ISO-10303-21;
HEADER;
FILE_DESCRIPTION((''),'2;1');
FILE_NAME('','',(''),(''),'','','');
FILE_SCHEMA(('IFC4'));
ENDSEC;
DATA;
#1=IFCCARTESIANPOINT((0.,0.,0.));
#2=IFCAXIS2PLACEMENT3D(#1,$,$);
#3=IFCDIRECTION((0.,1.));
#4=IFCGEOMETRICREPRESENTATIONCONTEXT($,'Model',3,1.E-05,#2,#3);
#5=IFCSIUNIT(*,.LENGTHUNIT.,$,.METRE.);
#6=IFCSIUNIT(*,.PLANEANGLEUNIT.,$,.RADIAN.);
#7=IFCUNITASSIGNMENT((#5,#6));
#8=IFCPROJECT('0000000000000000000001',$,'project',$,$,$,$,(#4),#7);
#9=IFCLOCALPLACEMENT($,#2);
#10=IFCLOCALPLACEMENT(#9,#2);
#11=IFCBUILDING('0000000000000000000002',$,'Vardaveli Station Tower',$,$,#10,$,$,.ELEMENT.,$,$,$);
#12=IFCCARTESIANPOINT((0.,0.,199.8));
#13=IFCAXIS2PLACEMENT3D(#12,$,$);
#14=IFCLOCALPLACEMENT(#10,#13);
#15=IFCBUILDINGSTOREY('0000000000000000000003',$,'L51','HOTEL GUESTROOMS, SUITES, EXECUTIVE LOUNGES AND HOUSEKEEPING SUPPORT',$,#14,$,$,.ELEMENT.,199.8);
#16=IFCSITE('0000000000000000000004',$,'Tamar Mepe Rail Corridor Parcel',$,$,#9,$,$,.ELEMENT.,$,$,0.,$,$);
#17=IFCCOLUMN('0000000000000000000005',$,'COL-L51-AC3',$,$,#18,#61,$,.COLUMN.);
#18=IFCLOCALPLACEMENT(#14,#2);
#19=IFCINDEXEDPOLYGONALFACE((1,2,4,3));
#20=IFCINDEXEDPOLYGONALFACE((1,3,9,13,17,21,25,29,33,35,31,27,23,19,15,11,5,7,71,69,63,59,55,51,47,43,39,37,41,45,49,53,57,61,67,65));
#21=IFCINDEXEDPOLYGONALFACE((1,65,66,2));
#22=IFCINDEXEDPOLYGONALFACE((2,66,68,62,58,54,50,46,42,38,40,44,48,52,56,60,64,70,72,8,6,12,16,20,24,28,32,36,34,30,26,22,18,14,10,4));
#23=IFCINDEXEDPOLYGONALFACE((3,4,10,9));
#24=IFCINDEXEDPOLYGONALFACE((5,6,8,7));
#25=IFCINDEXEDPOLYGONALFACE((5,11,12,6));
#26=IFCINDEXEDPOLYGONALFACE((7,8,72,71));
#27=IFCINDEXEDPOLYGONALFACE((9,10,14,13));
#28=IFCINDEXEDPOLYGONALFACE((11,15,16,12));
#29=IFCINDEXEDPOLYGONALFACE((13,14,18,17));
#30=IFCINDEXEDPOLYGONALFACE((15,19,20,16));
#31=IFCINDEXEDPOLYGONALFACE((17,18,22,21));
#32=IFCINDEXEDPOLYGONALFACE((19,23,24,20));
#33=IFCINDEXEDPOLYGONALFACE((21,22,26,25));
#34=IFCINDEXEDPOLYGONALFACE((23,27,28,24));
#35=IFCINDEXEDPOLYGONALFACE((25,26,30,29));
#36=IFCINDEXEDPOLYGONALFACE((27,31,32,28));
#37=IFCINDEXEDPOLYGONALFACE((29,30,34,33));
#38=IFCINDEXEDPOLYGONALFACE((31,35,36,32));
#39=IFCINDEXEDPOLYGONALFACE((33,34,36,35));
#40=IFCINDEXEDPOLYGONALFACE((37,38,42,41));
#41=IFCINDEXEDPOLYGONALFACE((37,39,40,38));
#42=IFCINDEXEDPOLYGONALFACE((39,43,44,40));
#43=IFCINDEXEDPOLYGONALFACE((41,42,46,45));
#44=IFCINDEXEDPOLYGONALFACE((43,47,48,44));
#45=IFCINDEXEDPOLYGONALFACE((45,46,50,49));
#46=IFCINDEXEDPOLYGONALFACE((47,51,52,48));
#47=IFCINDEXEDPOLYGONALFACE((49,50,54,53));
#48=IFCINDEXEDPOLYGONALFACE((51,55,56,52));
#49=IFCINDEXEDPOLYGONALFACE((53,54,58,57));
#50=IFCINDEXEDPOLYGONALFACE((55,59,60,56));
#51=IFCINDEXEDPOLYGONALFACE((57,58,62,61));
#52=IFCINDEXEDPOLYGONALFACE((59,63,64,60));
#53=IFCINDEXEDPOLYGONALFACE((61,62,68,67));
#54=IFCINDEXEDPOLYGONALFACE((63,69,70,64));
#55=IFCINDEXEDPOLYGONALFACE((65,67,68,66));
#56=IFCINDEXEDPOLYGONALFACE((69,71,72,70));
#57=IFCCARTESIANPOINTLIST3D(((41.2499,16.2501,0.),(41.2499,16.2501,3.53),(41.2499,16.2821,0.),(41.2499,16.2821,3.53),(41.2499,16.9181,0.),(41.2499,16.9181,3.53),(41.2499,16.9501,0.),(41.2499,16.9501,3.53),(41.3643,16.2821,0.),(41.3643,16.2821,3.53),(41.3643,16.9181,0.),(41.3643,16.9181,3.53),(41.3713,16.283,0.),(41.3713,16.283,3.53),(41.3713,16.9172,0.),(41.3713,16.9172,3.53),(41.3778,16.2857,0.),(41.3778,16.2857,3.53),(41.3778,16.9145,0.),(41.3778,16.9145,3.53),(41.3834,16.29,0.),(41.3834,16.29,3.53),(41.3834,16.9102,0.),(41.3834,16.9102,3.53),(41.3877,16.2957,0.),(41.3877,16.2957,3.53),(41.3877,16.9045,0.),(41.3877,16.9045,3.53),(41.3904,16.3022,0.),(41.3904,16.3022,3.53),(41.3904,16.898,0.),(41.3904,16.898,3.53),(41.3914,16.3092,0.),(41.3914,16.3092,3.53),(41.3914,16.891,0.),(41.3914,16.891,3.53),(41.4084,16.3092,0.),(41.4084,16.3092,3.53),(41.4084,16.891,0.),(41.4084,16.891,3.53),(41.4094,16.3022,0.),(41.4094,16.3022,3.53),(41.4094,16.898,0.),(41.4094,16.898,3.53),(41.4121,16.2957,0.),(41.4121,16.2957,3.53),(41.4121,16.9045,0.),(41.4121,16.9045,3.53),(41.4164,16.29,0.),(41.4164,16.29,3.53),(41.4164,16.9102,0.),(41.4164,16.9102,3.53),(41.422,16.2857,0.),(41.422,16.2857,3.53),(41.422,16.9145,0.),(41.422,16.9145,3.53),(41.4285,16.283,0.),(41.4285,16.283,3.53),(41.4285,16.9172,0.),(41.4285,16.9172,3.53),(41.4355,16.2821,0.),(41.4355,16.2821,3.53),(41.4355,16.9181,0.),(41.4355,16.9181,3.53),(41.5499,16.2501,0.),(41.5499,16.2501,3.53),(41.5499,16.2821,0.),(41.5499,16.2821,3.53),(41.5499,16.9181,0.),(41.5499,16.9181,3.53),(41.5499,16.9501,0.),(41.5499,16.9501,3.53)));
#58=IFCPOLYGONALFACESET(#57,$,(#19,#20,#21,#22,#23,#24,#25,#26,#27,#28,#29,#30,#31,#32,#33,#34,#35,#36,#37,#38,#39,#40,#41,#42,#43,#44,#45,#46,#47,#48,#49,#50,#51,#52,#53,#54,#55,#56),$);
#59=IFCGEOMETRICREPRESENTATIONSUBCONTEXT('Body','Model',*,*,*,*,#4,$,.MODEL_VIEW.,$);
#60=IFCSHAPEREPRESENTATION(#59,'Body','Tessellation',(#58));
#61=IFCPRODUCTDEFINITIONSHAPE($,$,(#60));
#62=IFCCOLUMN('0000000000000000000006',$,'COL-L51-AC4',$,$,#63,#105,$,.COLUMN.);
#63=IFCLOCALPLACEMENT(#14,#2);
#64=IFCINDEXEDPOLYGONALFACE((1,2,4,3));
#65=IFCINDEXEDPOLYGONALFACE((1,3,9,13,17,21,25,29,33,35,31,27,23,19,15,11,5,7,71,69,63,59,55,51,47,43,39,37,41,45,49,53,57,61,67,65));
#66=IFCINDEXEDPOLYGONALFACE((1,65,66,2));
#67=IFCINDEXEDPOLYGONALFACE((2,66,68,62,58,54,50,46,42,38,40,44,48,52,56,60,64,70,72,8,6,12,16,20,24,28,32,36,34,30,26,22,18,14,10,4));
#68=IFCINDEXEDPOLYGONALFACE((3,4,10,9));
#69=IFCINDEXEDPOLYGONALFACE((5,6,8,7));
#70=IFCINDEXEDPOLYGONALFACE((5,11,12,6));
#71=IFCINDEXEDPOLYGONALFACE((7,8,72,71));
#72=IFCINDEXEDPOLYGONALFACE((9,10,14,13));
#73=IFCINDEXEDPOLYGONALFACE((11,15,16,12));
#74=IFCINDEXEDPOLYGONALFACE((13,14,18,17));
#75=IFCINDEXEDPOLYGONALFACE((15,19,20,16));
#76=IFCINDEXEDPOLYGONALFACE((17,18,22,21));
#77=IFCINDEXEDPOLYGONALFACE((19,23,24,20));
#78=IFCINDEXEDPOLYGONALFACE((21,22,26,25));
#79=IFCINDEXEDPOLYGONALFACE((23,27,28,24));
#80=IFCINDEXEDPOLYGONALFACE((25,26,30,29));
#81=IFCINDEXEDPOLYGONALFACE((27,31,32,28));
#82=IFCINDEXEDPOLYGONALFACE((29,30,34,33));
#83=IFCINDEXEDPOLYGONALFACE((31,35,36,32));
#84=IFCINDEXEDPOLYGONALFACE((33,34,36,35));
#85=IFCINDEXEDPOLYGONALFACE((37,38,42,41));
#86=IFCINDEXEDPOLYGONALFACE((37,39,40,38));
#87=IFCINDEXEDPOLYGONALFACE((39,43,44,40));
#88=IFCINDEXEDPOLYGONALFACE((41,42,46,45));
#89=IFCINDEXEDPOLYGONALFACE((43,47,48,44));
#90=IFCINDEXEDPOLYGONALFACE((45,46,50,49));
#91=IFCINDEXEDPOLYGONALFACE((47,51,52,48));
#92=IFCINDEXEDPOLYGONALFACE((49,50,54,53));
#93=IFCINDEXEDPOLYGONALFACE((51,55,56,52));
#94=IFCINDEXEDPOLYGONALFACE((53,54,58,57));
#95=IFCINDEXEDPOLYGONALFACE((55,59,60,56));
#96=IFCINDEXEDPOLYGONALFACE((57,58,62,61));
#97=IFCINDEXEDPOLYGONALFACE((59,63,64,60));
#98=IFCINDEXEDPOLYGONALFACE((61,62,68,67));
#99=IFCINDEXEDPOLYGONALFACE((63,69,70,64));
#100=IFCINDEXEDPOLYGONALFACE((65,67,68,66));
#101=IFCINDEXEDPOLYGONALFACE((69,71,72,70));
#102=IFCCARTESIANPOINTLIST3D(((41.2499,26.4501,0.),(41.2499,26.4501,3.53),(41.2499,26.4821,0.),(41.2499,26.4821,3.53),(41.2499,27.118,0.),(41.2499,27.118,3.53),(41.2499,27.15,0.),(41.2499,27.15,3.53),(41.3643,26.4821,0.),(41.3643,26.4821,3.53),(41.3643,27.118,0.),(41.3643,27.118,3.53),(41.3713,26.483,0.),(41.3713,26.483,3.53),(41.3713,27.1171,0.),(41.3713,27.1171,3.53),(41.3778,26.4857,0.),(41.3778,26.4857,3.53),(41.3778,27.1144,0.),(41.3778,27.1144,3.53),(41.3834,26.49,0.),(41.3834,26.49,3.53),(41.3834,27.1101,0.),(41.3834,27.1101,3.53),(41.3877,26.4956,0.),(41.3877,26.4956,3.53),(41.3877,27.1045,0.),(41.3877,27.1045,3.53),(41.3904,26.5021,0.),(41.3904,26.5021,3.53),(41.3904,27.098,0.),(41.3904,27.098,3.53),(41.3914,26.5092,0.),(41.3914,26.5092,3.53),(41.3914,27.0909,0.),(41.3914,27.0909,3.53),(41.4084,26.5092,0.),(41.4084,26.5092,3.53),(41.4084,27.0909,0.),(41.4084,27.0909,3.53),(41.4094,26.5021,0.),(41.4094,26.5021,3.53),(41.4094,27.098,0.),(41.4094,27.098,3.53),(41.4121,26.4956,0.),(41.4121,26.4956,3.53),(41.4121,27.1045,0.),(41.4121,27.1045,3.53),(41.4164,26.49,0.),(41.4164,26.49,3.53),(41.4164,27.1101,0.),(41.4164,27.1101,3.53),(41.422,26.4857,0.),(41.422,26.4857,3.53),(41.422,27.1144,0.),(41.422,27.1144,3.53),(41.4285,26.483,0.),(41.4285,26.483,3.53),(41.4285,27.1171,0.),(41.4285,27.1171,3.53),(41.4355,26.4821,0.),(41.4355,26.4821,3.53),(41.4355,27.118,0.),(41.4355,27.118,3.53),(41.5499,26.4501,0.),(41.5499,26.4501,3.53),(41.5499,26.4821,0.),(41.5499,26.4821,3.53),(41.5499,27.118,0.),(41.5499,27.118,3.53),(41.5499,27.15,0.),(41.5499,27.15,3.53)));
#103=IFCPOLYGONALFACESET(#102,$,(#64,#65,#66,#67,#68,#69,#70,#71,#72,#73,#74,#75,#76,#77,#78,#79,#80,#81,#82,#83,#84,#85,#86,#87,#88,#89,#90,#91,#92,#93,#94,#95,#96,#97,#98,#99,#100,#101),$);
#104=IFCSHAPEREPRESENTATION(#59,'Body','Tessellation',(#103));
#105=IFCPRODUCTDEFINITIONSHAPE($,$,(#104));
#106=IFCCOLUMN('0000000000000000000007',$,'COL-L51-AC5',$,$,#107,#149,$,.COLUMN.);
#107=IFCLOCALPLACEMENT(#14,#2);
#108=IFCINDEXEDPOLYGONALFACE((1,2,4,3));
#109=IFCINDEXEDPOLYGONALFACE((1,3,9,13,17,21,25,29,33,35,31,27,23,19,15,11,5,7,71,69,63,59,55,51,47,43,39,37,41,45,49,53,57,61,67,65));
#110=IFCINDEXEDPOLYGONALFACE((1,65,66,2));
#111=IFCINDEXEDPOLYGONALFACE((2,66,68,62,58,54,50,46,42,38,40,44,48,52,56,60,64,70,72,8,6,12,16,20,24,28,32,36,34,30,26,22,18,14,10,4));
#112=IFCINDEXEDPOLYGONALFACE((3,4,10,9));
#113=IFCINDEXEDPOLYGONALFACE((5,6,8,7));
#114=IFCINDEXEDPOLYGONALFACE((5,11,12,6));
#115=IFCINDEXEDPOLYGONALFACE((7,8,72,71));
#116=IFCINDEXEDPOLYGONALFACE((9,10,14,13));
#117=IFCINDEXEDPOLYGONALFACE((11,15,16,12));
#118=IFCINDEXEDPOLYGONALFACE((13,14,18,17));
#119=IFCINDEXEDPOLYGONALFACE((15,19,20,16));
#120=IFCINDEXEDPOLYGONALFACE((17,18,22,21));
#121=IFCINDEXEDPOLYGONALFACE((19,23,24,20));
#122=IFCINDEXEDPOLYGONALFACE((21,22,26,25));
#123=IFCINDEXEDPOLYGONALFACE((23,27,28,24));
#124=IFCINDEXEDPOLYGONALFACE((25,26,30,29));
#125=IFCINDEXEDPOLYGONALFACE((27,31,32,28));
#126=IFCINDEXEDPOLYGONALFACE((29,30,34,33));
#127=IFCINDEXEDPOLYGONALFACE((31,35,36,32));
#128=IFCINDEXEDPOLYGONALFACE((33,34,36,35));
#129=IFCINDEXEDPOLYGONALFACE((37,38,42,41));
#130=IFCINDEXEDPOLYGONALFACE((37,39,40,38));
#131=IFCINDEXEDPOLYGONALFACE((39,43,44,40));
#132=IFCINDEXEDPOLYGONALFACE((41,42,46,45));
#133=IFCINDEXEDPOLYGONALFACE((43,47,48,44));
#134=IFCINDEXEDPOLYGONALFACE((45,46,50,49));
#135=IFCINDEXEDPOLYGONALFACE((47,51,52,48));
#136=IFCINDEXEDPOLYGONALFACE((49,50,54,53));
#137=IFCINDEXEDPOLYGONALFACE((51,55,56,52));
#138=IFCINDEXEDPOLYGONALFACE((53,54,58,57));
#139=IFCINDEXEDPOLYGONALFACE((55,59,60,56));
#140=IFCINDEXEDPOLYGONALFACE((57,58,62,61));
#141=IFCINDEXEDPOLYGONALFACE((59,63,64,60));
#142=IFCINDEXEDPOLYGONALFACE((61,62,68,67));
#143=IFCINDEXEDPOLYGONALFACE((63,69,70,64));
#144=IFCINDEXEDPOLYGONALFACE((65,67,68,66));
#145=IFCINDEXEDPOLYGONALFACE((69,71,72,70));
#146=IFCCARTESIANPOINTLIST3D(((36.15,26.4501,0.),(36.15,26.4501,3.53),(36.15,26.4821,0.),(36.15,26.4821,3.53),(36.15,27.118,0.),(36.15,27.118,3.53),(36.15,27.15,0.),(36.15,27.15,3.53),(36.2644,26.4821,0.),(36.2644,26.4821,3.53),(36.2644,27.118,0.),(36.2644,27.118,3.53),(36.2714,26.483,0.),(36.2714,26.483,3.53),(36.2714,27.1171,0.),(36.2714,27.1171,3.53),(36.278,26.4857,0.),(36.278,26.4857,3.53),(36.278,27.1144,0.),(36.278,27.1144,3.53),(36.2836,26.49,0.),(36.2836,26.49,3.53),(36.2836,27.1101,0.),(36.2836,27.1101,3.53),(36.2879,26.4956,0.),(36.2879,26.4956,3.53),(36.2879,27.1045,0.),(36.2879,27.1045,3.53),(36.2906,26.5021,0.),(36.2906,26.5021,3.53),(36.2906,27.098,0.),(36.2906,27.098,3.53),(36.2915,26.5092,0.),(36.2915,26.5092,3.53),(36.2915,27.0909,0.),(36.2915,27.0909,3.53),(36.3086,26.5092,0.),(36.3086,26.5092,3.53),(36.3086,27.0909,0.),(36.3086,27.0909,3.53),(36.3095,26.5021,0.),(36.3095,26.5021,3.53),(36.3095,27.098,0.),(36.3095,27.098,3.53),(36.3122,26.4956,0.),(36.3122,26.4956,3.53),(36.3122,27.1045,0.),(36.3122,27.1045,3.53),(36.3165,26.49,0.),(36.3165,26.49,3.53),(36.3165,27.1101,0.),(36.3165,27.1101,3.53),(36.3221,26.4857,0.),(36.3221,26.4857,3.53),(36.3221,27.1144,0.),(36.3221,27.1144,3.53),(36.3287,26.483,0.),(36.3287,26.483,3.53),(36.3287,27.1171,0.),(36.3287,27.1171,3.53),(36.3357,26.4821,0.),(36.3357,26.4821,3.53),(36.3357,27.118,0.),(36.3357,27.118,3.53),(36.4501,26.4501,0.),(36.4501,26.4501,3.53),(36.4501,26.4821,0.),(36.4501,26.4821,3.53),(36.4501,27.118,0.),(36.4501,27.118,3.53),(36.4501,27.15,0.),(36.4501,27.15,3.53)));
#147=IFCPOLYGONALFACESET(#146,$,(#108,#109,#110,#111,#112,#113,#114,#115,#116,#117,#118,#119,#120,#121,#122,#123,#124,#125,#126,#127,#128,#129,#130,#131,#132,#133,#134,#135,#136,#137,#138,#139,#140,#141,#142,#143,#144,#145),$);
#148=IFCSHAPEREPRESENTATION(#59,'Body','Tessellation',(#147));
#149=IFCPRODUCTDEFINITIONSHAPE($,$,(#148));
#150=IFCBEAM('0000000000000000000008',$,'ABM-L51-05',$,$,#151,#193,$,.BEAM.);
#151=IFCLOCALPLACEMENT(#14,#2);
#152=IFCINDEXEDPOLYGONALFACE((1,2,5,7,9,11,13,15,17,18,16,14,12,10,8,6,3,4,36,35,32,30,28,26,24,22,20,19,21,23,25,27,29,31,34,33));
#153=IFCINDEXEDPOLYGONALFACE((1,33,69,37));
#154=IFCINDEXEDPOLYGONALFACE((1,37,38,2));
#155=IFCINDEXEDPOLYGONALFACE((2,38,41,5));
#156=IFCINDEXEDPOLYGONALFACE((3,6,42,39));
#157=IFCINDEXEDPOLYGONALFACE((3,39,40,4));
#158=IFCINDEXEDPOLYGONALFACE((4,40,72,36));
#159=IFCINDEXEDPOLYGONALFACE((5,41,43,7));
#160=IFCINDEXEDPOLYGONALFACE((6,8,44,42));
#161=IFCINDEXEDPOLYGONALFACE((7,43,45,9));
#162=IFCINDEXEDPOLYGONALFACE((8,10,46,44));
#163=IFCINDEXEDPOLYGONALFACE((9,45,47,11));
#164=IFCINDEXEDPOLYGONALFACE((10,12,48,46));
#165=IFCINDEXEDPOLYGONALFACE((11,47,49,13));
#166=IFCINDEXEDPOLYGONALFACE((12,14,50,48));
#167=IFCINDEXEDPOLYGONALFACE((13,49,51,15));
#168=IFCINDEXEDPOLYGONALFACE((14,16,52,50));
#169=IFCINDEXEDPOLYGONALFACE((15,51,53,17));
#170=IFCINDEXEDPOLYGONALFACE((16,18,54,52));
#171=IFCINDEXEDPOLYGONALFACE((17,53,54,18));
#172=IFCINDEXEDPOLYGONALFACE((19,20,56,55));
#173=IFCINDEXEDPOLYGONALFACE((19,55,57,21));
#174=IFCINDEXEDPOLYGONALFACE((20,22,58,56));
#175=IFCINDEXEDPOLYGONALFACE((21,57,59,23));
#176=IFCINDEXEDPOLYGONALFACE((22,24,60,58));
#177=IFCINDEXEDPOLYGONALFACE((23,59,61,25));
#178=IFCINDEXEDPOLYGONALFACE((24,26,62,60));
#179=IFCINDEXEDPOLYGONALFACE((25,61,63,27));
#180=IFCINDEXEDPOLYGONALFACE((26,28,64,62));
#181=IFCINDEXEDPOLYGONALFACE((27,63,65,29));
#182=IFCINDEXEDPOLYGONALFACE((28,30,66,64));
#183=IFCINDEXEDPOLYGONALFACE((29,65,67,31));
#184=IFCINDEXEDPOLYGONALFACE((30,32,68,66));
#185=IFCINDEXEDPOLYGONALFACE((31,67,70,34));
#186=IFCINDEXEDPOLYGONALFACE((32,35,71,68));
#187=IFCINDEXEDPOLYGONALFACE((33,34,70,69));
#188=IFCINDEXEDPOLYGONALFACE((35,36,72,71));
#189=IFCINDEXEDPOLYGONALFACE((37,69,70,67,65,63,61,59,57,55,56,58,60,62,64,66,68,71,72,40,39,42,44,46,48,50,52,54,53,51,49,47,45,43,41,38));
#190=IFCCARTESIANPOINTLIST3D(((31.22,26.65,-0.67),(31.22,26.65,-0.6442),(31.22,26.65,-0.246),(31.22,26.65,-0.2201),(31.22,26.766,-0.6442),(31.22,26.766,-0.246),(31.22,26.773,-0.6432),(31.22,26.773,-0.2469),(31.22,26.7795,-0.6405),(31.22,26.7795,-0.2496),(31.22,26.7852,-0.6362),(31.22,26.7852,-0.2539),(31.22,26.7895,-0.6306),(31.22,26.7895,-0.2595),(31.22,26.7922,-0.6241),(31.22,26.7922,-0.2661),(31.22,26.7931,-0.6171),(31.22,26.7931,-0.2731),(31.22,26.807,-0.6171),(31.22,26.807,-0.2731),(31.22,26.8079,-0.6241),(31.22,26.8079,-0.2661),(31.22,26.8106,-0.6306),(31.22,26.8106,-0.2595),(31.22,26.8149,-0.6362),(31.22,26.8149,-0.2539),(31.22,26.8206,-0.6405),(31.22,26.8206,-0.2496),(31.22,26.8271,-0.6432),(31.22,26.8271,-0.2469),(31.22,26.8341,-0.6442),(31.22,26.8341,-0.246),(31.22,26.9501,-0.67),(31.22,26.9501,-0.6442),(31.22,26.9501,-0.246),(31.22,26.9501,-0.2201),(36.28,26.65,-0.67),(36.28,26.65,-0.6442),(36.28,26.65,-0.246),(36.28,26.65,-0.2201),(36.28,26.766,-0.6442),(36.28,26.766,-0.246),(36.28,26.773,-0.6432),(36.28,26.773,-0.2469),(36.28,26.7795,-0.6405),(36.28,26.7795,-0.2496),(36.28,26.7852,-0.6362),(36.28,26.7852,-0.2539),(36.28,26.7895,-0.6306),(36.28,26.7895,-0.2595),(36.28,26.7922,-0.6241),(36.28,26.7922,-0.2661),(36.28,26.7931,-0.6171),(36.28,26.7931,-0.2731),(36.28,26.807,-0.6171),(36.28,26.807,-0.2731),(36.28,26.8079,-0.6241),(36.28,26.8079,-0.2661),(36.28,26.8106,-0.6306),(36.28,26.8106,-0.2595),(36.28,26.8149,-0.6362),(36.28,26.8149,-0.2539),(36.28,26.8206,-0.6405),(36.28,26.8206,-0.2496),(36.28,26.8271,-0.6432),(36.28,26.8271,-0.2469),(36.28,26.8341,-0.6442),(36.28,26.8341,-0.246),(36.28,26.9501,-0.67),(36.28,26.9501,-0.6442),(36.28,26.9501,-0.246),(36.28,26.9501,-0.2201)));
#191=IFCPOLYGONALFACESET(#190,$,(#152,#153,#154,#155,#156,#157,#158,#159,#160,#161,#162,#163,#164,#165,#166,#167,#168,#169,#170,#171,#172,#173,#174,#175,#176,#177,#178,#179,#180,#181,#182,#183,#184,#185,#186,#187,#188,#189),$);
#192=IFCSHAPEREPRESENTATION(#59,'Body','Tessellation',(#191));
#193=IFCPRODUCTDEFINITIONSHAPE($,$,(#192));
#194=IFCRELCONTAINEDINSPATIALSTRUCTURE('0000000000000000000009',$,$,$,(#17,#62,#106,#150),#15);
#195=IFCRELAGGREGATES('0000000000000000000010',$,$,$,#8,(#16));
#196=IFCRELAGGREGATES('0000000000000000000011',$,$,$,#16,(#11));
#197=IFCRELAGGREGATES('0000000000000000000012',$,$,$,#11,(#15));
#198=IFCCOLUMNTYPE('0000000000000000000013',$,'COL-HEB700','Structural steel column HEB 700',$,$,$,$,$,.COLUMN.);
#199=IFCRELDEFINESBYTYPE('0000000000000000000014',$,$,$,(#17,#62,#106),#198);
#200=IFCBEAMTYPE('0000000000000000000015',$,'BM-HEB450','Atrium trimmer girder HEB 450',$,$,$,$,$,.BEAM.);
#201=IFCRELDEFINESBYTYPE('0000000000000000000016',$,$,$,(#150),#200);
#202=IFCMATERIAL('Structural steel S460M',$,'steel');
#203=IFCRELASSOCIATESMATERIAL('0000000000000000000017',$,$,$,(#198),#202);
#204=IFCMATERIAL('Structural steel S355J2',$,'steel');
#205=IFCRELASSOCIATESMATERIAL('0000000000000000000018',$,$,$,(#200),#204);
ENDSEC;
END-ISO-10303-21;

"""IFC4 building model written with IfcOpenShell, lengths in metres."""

from ifc_helpers import new_model, si_unit, direction, frame, origin, origin_2d, place, context, subcontext, project, spatial, i_section, extrude, source, transform, mapped, material, material_profile, profile_set, type_object, element, save


model = new_model("IFC4")

# Units and contexts
model_context = context("Model", 3, precision=1e-05, world=origin(), true_north=direction((0.0, 1.0)))
body_context = subcontext(model_context, "Body", "Model", "MODEL_VIEW")
ifc_project = project(units=[si_unit("LENGTHUNIT", "METRE"), si_unit("PLANEANGLEUNIT", "RADIAN")], contexts=[model_context])

# Site, building, storey
site_placement = place(None, origin())
site = spatial("IfcSite", under=ifc_project, at=site_placement, Name="Tamar Mepe Rail Corridor Parcel", CompositionType="ELEMENT", RefElevation=0.0)
building_placement = place(site_placement, origin())
building = spatial("IfcBuilding", under=site, at=building_placement, Name="Vardaveli Station Tower", CompositionType="ELEMENT")
storey_placement = place(building_placement, frame((0.0, 0.0, 199.8)))
storey = spatial("IfcBuildingStorey", under=building, at=storey_placement, Name="L51", Description="HOTEL GUESTROOMS, SUITES, EXECUTIVE LOUNGES AND HOUSEKEEPING SUPPORT", CompositionType="ELEMENT", Elevation=199.8)

# Columns
ifc_material_1 = material(Name="Structural steel S460M", Category="steel")
ifc_material_profile_1 = material_profile(ifc_material_1, i_section(OverallWidth=0.3, OverallDepth=0.7, WebThickness=0.0171, FlangeThickness=0.032, FilletRadius=0.0271, at=origin_2d()), Name="HEB 700")
ifc_profile_set_1 = profile_set([ifc_material_profile_1], Name="Structural steel S460M")
column_type = type_object("IfcColumnType", Name="COL-HEB700", Description="Structural steel column HEB 700", PredefinedType="COLUMN", material=ifc_profile_set_1)
shared_shape_1 = source(origin(), body_context, "Body", "SweptSolid", [
    extrude(i_section(OverallWidth=0.3, OverallDepth=0.7, WebThickness=0.0171, FlangeThickness=0.032, FilletRadius=0.0271, at=origin_2d()), origin(), (0.0, 0.0, 1.0), 3.53),
])
for number, where, z_axis, x_axis, name in (
    (1, (41.3999, 16.6001, 0.0), (0.0, 0.0, 1.0), (1.0, 0.0, 0.0), "COL-L51-AC3"),
    (2, (41.3999, 26.8, 0.0), (0.0, 0.0, 1.0), (1.0, 0.0, 0.0), "COL-L51-AC4"),
    (3, (36.3, 26.8, 0.0), (0.0, 0.0, 1.0), (1.0, 0.0, 0.0), "COL-L51-AC5"),
):
    element("IfcColumn", number, at=place(storey_placement, frame(where, z_axis=z_axis, x_axis=x_axis)), inside=storey, type_object=column_type, Name=name, PredefinedType="COLUMN", context=body_context, shape_type="MappedRepresentation", body=[
        mapped(shared_shape_1, transform((0.0, 0.0, 0.0), scale=1.0)),
    ])

# Beam
ifc_material_2 = material(Name="Structural steel S355J2", Category="steel")
ifc_material_profile_2 = material_profile(ifc_material_2, i_section(OverallWidth=0.3, OverallDepth=0.45, WebThickness=0.0139, FlangeThickness=0.0259, FilletRadius=0.0271, at=origin_2d()), Name="HEB 450")
ifc_profile_set_2 = profile_set([ifc_material_profile_2], Name="Structural steel S355J2")
beam_type = type_object("IfcBeamType", Name="BM-HEB450", Description="Atrium trimmer girder HEB 450", PredefinedType="BEAM", material=ifc_profile_set_2)
shared_shape_2 = source(origin(), body_context, "Body", "SweptSolid", [
    extrude(i_section(OverallWidth=0.3, OverallDepth=0.45, WebThickness=0.0139, FlangeThickness=0.0259, FilletRadius=0.0271, at=origin_2d()), origin(), (0.0, 0.0, 1.0), 5.0601),
])
beam_1_placement = place(storey_placement, frame((36.28, 26.8, -0.4451), z_axis=(-1.0, 0.0, 0.0), x_axis=(0.0, -1.0, 0.0)))
element("IfcBeam", 4, at=beam_1_placement, inside=storey, type_object=beam_type, Name="ABM-L51-05", PredefinedType="BEAM", context=body_context, shape_type="MappedRepresentation", body=[
    mapped(shared_shape_2, transform((0.0, 0.0, 0.0), scale=1.0)),
])

save(model, "model.ifc")
